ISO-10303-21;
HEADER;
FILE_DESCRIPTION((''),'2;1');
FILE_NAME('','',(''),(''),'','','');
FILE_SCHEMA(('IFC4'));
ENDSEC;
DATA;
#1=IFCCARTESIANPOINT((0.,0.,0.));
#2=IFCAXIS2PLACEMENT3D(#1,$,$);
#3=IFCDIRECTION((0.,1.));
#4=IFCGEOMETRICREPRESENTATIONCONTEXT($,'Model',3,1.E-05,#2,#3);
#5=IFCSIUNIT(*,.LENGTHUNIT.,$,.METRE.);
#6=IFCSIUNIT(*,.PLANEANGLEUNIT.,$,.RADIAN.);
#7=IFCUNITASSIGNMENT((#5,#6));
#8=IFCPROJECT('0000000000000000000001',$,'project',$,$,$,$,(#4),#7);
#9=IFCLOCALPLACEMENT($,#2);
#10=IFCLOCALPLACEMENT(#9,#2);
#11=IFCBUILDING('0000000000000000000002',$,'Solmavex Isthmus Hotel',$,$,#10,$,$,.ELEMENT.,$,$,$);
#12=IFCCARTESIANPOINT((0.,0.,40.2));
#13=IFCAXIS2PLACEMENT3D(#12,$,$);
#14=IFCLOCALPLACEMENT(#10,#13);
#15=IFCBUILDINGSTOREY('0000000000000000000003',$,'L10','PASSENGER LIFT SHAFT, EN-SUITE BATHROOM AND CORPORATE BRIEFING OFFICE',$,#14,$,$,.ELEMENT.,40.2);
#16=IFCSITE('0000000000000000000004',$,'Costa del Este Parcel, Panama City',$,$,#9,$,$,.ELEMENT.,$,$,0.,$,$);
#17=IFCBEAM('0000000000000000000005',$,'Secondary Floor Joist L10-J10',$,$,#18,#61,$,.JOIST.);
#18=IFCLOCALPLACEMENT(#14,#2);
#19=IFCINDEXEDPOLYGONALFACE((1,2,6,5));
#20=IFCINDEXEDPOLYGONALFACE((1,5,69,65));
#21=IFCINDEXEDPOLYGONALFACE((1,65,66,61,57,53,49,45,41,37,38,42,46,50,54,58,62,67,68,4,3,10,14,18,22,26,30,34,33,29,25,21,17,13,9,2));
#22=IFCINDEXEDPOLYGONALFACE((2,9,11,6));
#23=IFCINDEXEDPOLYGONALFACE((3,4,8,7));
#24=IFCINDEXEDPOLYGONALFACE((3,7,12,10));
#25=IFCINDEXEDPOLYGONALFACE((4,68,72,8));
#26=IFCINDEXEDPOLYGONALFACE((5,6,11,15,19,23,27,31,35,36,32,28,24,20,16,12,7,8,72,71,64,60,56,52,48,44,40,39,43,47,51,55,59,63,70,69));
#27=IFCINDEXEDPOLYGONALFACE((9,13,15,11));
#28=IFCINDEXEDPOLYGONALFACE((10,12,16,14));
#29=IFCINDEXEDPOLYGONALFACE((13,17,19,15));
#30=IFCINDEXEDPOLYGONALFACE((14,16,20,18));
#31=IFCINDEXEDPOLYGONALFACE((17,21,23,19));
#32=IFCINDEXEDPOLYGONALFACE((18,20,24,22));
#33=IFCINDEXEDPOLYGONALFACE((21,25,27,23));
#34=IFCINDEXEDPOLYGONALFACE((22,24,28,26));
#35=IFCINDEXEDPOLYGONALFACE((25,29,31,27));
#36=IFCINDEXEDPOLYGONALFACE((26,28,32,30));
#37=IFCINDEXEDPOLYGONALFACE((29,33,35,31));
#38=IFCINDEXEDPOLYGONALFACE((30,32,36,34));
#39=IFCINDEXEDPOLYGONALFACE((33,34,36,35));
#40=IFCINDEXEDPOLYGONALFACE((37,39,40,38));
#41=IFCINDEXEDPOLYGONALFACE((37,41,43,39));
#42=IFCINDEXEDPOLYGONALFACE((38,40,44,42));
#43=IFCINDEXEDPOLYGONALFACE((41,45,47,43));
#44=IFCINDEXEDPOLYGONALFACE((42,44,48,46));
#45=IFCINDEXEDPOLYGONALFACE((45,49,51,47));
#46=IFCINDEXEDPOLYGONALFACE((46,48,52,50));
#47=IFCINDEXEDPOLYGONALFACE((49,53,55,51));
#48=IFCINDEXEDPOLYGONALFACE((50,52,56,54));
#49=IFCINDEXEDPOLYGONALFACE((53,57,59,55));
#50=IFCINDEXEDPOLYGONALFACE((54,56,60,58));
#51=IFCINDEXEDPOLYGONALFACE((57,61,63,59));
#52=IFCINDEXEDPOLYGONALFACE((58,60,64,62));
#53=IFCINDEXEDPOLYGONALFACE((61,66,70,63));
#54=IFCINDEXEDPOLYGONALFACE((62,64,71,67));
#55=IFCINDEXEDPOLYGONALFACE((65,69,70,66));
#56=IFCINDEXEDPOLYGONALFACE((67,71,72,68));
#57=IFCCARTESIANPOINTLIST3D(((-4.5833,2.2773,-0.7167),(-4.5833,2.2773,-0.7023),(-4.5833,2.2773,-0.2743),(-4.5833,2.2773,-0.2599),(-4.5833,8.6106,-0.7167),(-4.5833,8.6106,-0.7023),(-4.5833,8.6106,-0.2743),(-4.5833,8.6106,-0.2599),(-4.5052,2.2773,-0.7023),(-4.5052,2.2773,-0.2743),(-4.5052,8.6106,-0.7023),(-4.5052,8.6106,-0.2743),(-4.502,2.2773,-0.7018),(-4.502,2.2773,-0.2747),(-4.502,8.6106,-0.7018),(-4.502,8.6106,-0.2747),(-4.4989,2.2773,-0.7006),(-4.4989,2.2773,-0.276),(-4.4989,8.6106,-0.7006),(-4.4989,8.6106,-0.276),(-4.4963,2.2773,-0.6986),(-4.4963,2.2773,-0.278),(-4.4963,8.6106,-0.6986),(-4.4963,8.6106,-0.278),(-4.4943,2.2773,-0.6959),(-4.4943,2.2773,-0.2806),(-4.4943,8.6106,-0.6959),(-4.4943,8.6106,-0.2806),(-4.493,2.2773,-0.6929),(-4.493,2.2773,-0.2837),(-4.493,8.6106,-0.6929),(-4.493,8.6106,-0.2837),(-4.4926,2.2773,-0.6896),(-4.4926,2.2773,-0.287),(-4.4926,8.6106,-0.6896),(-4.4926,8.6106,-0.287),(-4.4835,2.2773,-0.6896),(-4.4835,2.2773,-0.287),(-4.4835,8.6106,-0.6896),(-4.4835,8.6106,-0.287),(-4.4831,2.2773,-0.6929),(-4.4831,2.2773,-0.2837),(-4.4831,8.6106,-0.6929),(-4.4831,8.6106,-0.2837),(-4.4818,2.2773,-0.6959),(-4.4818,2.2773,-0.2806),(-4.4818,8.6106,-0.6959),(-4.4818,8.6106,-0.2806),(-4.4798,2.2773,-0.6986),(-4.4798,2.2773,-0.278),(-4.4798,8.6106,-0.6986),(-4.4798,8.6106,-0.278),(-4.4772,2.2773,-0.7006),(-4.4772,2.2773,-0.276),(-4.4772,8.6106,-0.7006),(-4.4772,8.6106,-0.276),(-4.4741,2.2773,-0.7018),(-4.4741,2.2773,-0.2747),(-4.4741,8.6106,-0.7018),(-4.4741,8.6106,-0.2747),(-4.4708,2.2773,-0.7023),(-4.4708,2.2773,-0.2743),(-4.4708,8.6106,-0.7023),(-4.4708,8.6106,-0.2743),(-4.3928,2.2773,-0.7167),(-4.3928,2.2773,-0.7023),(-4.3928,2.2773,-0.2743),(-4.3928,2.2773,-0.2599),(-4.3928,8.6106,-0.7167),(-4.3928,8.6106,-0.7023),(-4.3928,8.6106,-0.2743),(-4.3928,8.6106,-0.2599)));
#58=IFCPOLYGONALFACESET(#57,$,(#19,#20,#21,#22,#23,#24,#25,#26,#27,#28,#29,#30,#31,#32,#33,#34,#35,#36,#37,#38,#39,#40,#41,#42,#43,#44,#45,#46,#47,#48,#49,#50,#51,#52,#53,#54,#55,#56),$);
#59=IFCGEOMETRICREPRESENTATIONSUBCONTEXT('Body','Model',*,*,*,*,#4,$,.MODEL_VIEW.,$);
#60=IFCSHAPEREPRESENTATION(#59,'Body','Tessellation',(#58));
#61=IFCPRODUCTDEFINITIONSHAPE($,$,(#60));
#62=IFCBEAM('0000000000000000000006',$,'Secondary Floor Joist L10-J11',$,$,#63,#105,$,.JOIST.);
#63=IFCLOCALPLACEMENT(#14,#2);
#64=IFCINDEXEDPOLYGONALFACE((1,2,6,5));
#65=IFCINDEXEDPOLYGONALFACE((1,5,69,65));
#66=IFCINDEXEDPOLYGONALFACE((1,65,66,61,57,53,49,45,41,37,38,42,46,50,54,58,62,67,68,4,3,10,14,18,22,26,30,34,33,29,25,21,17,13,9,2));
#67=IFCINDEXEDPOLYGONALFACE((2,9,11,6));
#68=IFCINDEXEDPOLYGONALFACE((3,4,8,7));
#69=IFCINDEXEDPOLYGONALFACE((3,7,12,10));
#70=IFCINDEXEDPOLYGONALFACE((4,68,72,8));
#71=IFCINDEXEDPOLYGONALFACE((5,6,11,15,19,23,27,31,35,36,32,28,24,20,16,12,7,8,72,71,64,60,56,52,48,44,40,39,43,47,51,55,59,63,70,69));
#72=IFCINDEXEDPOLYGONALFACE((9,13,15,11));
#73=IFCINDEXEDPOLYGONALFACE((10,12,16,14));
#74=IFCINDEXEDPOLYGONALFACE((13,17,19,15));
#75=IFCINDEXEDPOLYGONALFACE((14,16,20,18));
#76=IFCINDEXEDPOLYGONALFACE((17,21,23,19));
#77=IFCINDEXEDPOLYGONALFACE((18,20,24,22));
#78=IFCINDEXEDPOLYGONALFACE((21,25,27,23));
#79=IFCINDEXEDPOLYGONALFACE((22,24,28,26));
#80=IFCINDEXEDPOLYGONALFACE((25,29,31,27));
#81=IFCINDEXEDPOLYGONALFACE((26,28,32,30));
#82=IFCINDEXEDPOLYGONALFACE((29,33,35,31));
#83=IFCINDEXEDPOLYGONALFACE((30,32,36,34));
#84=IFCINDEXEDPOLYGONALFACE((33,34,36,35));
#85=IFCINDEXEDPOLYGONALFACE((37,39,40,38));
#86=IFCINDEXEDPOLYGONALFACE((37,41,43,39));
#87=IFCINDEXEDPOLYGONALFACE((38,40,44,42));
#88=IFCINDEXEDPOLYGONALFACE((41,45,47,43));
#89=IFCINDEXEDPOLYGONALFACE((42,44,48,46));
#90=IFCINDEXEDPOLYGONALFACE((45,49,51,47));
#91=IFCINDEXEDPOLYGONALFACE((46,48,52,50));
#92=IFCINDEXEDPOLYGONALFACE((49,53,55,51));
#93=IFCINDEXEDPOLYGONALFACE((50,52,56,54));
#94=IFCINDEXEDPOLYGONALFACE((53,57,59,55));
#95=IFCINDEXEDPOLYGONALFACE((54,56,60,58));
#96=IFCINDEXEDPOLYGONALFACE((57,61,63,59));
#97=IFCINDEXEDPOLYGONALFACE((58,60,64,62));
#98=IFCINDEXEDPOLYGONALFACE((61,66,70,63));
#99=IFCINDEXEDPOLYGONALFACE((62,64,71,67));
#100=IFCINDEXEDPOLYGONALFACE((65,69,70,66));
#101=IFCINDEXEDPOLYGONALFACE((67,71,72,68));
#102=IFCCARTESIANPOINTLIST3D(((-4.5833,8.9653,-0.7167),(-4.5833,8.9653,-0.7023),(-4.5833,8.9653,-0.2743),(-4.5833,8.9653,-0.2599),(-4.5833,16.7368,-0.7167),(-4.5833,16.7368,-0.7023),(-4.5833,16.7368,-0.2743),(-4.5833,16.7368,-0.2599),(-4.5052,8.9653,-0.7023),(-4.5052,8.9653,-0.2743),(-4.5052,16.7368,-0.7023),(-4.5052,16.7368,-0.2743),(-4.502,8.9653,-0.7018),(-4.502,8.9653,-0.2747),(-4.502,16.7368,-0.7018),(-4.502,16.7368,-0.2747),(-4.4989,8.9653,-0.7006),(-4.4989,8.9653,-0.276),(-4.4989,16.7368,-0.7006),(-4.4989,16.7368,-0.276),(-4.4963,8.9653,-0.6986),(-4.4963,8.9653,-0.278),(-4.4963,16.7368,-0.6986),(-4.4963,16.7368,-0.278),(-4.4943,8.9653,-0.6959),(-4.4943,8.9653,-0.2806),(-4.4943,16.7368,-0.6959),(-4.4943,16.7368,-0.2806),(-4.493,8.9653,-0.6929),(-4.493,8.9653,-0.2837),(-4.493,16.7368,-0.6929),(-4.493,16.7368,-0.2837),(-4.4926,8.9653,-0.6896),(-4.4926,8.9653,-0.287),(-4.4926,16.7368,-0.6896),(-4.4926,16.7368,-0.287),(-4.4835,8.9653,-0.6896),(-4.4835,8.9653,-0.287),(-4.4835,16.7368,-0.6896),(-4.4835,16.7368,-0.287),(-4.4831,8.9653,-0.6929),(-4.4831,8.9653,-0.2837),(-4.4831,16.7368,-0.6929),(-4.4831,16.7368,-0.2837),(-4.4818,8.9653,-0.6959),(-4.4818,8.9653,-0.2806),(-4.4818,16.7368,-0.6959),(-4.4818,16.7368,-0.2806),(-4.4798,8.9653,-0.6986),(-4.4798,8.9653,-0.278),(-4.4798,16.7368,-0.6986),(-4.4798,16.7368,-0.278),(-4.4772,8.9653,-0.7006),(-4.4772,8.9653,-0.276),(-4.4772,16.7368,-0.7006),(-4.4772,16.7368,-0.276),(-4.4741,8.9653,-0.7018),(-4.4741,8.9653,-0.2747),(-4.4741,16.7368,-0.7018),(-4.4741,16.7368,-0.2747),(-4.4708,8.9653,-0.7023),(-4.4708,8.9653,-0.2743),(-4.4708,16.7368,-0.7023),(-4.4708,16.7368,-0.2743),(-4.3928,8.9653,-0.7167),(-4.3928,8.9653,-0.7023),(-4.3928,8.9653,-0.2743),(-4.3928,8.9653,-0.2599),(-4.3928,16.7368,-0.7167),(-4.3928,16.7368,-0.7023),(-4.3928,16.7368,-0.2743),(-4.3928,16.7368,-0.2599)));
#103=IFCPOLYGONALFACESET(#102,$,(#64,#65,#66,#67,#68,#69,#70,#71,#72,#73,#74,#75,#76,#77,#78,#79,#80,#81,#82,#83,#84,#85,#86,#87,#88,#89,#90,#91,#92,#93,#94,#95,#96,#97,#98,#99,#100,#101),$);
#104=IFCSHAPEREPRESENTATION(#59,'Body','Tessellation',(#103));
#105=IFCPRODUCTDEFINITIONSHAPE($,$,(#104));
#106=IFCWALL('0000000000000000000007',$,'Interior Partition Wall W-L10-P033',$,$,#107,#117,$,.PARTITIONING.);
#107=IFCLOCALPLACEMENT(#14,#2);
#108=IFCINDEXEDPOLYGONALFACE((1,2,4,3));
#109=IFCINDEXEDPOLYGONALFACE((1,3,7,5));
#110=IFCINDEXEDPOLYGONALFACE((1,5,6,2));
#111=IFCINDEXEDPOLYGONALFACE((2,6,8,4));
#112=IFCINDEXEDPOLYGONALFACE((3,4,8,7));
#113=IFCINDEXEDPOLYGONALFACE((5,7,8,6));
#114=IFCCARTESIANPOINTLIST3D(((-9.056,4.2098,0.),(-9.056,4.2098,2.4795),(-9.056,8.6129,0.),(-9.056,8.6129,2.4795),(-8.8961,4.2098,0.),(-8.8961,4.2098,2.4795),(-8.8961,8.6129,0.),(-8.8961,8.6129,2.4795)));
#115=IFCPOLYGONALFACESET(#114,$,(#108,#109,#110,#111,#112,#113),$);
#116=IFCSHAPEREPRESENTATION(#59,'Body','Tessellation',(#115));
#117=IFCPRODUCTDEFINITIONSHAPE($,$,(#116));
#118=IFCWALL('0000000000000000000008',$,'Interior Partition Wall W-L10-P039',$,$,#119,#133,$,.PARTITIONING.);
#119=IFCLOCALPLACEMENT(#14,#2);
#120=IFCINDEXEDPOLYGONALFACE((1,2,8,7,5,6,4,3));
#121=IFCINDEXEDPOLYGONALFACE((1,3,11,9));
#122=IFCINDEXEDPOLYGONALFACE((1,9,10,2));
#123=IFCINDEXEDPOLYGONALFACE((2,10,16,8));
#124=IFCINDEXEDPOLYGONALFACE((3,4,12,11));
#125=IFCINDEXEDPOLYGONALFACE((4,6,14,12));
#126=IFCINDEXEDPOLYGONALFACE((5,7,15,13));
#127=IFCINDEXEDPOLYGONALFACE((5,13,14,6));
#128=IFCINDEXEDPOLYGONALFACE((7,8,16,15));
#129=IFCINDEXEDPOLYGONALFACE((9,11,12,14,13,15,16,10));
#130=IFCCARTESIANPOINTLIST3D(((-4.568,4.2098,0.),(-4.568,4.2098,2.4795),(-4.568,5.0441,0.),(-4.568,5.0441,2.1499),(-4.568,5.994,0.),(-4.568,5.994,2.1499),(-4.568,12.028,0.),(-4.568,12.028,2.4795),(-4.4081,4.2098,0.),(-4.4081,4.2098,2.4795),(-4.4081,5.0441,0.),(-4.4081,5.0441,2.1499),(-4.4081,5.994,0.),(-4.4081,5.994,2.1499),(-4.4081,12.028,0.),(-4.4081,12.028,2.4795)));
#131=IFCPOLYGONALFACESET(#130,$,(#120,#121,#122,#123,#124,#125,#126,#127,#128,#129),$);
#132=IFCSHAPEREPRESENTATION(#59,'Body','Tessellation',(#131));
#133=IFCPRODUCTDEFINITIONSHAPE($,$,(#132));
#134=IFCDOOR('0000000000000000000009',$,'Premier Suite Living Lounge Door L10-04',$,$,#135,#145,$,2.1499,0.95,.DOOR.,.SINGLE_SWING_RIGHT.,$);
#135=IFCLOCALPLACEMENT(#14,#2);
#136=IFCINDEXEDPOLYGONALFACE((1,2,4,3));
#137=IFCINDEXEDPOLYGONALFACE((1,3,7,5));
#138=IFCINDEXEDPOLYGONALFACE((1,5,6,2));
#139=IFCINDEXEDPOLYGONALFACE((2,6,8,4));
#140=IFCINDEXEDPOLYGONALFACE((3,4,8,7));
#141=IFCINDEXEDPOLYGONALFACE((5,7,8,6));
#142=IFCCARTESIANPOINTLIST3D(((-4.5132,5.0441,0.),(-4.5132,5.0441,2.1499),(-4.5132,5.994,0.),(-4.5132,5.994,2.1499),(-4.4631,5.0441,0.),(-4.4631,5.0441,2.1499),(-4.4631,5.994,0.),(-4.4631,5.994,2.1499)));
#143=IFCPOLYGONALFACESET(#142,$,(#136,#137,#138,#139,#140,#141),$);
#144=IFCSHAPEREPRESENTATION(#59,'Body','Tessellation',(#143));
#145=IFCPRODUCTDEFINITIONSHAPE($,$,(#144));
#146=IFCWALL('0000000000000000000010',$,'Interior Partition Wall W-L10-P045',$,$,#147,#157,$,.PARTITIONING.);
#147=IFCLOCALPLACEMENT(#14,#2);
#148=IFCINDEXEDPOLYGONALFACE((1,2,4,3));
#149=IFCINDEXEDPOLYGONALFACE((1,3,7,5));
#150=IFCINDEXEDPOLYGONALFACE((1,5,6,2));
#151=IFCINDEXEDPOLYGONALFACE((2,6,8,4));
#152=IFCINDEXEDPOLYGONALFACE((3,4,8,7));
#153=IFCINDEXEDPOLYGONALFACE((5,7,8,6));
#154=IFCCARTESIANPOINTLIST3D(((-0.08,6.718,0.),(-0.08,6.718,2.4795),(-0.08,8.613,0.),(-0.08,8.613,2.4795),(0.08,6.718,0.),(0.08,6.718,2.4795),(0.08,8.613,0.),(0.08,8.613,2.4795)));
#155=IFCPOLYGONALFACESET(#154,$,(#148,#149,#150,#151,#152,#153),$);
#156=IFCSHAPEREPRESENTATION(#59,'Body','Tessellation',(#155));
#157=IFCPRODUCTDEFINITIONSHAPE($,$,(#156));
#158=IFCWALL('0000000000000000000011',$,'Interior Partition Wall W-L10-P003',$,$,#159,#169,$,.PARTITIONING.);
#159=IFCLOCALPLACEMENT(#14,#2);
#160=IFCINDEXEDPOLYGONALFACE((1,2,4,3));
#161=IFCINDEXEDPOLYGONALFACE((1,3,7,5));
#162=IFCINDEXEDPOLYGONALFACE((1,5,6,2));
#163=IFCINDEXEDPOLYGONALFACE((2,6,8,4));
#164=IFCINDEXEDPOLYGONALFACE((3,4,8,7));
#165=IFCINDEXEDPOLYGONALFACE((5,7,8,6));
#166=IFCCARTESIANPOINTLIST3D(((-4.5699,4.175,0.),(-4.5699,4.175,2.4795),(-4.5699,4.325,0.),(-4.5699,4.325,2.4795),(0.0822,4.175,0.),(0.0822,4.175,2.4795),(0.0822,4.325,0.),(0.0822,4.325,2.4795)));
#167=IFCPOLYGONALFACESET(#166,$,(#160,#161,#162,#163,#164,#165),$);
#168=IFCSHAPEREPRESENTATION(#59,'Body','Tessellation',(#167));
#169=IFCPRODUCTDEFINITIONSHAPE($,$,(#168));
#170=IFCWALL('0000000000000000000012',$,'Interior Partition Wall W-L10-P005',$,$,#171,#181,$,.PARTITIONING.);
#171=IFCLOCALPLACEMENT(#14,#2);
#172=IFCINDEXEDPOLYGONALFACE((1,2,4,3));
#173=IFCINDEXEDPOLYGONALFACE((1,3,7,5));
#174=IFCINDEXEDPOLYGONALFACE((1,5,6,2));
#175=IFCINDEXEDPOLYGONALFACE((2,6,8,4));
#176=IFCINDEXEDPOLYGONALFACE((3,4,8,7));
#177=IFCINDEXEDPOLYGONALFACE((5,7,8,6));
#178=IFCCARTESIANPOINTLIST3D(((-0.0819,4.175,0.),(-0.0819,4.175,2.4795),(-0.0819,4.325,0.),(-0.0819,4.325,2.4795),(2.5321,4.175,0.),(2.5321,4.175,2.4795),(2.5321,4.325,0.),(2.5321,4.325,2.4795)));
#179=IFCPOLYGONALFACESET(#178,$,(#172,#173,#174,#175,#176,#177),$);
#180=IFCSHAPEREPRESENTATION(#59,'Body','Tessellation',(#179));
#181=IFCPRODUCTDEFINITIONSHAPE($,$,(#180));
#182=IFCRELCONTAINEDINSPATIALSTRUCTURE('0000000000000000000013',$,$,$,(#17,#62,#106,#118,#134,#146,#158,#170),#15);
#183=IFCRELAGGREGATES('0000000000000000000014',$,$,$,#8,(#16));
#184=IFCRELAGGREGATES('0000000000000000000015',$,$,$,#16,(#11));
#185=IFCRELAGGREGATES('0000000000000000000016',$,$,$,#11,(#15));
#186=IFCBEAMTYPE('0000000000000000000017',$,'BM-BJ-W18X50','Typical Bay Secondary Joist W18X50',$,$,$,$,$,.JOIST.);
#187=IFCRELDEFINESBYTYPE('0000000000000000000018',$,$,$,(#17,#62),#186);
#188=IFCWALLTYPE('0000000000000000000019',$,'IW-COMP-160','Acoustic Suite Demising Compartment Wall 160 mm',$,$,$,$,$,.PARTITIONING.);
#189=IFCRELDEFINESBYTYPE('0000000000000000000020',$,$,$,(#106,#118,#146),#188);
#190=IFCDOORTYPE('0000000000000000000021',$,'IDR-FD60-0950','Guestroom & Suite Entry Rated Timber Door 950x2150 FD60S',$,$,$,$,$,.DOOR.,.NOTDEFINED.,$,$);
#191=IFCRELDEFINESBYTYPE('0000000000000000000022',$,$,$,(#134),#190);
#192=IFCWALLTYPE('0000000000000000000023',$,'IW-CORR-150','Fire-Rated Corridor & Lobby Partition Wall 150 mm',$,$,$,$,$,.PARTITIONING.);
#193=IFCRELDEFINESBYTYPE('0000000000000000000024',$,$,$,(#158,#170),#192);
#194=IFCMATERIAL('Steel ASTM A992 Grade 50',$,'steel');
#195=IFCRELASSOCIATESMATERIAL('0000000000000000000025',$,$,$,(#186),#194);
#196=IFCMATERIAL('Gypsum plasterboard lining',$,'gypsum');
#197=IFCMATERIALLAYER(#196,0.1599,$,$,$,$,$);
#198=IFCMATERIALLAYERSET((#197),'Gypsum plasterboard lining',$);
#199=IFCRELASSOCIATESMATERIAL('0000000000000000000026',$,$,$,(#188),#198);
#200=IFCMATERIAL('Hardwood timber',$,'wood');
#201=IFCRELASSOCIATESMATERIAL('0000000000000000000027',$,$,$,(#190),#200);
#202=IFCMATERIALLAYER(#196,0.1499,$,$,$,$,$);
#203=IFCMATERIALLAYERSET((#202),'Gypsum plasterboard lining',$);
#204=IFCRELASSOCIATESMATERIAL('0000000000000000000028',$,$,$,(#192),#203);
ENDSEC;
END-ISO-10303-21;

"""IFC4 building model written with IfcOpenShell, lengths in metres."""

from ifc_helpers import new_model, si_unit, direction, frame, frame_2d, origin, origin_2d, place, context, subcontext, project, spatial, rectangle, i_section, extrude, material, layer, layer_set, material_profile, profile_set, type_object, element, fill, save


model = new_model("IFC4")

# Units and contexts
model_context = context("Model", 3, precision=1e-05, world=origin(), true_north=direction((0.0, 1.0)))
body_context = subcontext(model_context, "Body", "Model", "MODEL_VIEW")
ifc_project = project(units=[si_unit("LENGTHUNIT", "METRE"), si_unit("PLANEANGLEUNIT", "RADIAN")], contexts=[model_context])

# Site, building, storey
site_placement = place(None, origin())
site = spatial("IfcSite", under=ifc_project, at=site_placement, Name="Costa del Este Parcel, Panama City", CompositionType="ELEMENT", RefElevation=0.0)
building_placement = place(site_placement, origin())
building = spatial("IfcBuilding", under=site, at=building_placement, Name="Solmavex Isthmus Hotel", CompositionType="ELEMENT")
storey_placement = place(building_placement, frame((0.0, 0.0, 40.2)))
storey = spatial("IfcBuildingStorey", under=building, at=storey_placement, Name="L10", Description="PASSENGER LIFT SHAFT, EN-SUITE BATHROOM AND CORPORATE BRIEFING OFFICE", CompositionType="ELEMENT", Elevation=40.2)

# Beams
ifc_material_1 = material(Name="Steel ASTM A992 Grade 50", Category="steel")
ifc_material_profile_1 = material_profile(ifc_material_1, i_section(OverallWidth=0.1904, OverallDepth=0.4568, WebThickness=0.009, FlangeThickness=0.0144, FilletRadius=0.0127, at=origin_2d()), Name="W18X50")
ifc_profile_set_1 = profile_set([ifc_material_profile_1], Name="Steel ASTM A992 Grade 50")
beam_type_1 = type_object("IfcBeamType", Name="BM-BJ-W18X50", Description="Typical Bay Secondary Joist W18X50", PredefinedType="JOIST", material=ifc_profile_set_1)
beam_1_placement = place(storey_placement, frame((-4.488, 2.2773, -0.4883), z_axis=(0.0, 1.0, 0.0), x_axis=(-1.0, 0.0, 0.0)))
element("IfcBeam", 1, at=beam_1_placement, inside=storey, type_object=beam_type_1, Name="Secondary Floor Joist L10-J10", PredefinedType="JOIST", context=body_context, shape_type="SweptSolid", body=[
    extrude(i_section(OverallWidth=0.1904, OverallDepth=0.4568, WebThickness=0.009, FlangeThickness=0.0144, FilletRadius=0.0127, at=origin_2d()), origin(), (0.0, 0.0, 1.0), 6.3333),
])
beam_2_placement = place(storey_placement, frame((-4.488, 8.9653, -0.4883), z_axis=(0.0, 1.0, 0.0), x_axis=(-1.0, 0.0, 0.0)))
element("IfcBeam", 2, at=beam_2_placement, inside=storey, type_object=beam_type_1, Name="Secondary Floor Joist L10-J11", PredefinedType="JOIST", context=body_context, shape_type="SweptSolid", body=[
    extrude(i_section(OverallWidth=0.1904, OverallDepth=0.4568, WebThickness=0.009, FlangeThickness=0.0144, FilletRadius=0.0127, at=origin_2d()), origin(), (0.0, 0.0, 1.0), 7.7715),
])

# Wall
ifc_material_2 = material(Name="Gypsum plasterboard lining", Category="gypsum")
ifc_layer_1 = layer(ifc_material_2, 0.1599)
ifc_layer_set_1 = layer_set([ifc_layer_1], Name="Gypsum plasterboard lining")
wall_type_1 = type_object("IfcWallType", Name="IW-COMP-160", Description="Acoustic Suite Demising Compartment Wall 160 mm", PredefinedType="PARTITIONING", material=ifc_layer_set_1)
wall_1_placement = place(storey_placement, frame((-8.9761, 8.613, 0.0), z_axis=(0.0, 0.0, 1.0), x_axis=(0.0, -1.0, 0.0)))
element("IfcWall", 3, at=wall_1_placement, inside=storey, type_object=wall_type_1, Name="Interior Partition Wall W-L10-P033", PredefinedType="PARTITIONING", context=body_context, shape_type="SweptSolid", body=[
    extrude(rectangle(XDim=4.4031, YDim=0.1599, at=frame_2d((2.2017, 0.0))), origin(), (0.0, 0.0, 1.0), 2.4795),
])

# Wall, opening, door
ifc_material_3 = material(Name="Hardwood timber", Category="wood")
door_type = type_object("IfcDoorType", Name="IDR-FD60-0950", Description="Guestroom & Suite Entry Rated Timber Door 950x2150 FD60S", OperationType="NOTDEFINED", PredefinedType="DOOR", material=ifc_material_3)
wall_2_placement = place(storey_placement, frame((-4.488, 12.0281, 0.0), z_axis=(0.0, 0.0, 1.0), x_axis=(0.0, -1.0, 0.0)))
wall_2 = element("IfcWall", 4, at=wall_2_placement, inside=storey, type_object=wall_type_1, Name="Interior Partition Wall W-L10-P039", PredefinedType="PARTITIONING", context=body_context, shape_type="SweptSolid", body=[
    extrude(rectangle(XDim=7.8181, YDim=0.1599, at=frame_2d((3.9092, 0.0))), origin(), (0.0, 0.0, 1.0), 2.4795),
])
opening_1_placement = place(wall_2_placement, frame((6.0339, 0.0, 0.0)))
opening_1 = element("IfcOpeningElement", 5, at=opening_1_placement, cuts=wall_2, PredefinedType="OPENING", context=body_context, shape_type="SweptSolid", body=[
    extrude(rectangle(XDim=0.95, YDim=2.1499, at=frame_2d((0.4751, 1.075))), frame((0.0, 0.0898, 0.0), z_axis=(0.0, -1.0, 0.0), x_axis=(1.0, 0.0, 0.0)), (0.0, 0.0, 1.0), 0.1799),
])
door_1_placement = place(opening_1_placement, origin())
door_1 = element("IfcDoor", 6, at=door_1_placement, inside=storey, type_object=door_type, Name="Premier Suite Living Lounge Door L10-04", OperationType="SINGLE_SWING_RIGHT", OverallHeight=2.1499, OverallWidth=0.95, PredefinedType="DOOR", context=body_context, shape_type="SweptSolid", body=[
    extrude(rectangle(XDim=0.95, YDim=2.1499, at=frame_2d((0.4751, 1.075))), frame((0.0, 0.0249, 0.0), z_axis=(0.0, -1.0, 0.0), x_axis=(1.0, 0.0, 0.0)), (0.0, 0.0, 1.0), 0.05),
])
fill(opening_1, door_1)

# Wall
wall_3_placement = place(storey_placement, frame((0.0, 8.613, 0.0), z_axis=(0.0, 0.0, 1.0), x_axis=(0.0, -1.0, 0.0)))
element("IfcWall", 7, at=wall_3_placement, inside=storey, type_object=wall_type_1, Name="Interior Partition Wall W-L10-P045", PredefinedType="PARTITIONING", context=body_context, shape_type="SweptSolid", body=[
    extrude(rectangle(XDim=1.895, YDim=0.1599, at=frame_2d((0.9475, 0.0))), origin(), (0.0, 0.0, 1.0), 2.4795),
])

# Shared definitions
ifc_layer_2 = layer(ifc_material_2, 0.1499)
ifc_layer_set_2 = layer_set([ifc_layer_2], Name="Gypsum plasterboard lining")
wall_type_2 = type_object("IfcWallType", Name="IW-CORR-150", Description="Fire-Rated Corridor & Lobby Partition Wall 150 mm", PredefinedType="PARTITIONING", material=ifc_layer_set_2)

# Walls
wall_4_placement = place(storey_placement, frame((-4.5701, 4.25, 0.0), z_axis=(0.0, 0.0, 1.0), x_axis=(1.0, 0.0, 0.0)))
element("IfcWall", 8, at=wall_4_placement, inside=storey, type_object=wall_type_2, Name="Interior Partition Wall W-L10-P003", PredefinedType="PARTITIONING", context=body_context, shape_type="SweptSolid", body=[
    extrude(rectangle(XDim=4.6521, YDim=0.1499, at=frame_2d((2.3262, 0.0))), origin(), (0.0, 0.0, 1.0), 2.4795),
])
wall_5_placement = place(storey_placement, frame((-0.082, 4.25, 0.0), z_axis=(0.0, 0.0, 1.0), x_axis=(1.0, 0.0, 0.0)))
element("IfcWall", 9, at=wall_5_placement, inside=storey, type_object=wall_type_2, Name="Interior Partition Wall W-L10-P005", PredefinedType="PARTITIONING", context=body_context, shape_type="SweptSolid", body=[
    extrude(rectangle(XDim=2.614, YDim=0.1499, at=frame_2d((1.3071, 0.0))), origin(), (0.0, 0.0, 1.0), 2.4795),
])

save(model, "model.ifc")
